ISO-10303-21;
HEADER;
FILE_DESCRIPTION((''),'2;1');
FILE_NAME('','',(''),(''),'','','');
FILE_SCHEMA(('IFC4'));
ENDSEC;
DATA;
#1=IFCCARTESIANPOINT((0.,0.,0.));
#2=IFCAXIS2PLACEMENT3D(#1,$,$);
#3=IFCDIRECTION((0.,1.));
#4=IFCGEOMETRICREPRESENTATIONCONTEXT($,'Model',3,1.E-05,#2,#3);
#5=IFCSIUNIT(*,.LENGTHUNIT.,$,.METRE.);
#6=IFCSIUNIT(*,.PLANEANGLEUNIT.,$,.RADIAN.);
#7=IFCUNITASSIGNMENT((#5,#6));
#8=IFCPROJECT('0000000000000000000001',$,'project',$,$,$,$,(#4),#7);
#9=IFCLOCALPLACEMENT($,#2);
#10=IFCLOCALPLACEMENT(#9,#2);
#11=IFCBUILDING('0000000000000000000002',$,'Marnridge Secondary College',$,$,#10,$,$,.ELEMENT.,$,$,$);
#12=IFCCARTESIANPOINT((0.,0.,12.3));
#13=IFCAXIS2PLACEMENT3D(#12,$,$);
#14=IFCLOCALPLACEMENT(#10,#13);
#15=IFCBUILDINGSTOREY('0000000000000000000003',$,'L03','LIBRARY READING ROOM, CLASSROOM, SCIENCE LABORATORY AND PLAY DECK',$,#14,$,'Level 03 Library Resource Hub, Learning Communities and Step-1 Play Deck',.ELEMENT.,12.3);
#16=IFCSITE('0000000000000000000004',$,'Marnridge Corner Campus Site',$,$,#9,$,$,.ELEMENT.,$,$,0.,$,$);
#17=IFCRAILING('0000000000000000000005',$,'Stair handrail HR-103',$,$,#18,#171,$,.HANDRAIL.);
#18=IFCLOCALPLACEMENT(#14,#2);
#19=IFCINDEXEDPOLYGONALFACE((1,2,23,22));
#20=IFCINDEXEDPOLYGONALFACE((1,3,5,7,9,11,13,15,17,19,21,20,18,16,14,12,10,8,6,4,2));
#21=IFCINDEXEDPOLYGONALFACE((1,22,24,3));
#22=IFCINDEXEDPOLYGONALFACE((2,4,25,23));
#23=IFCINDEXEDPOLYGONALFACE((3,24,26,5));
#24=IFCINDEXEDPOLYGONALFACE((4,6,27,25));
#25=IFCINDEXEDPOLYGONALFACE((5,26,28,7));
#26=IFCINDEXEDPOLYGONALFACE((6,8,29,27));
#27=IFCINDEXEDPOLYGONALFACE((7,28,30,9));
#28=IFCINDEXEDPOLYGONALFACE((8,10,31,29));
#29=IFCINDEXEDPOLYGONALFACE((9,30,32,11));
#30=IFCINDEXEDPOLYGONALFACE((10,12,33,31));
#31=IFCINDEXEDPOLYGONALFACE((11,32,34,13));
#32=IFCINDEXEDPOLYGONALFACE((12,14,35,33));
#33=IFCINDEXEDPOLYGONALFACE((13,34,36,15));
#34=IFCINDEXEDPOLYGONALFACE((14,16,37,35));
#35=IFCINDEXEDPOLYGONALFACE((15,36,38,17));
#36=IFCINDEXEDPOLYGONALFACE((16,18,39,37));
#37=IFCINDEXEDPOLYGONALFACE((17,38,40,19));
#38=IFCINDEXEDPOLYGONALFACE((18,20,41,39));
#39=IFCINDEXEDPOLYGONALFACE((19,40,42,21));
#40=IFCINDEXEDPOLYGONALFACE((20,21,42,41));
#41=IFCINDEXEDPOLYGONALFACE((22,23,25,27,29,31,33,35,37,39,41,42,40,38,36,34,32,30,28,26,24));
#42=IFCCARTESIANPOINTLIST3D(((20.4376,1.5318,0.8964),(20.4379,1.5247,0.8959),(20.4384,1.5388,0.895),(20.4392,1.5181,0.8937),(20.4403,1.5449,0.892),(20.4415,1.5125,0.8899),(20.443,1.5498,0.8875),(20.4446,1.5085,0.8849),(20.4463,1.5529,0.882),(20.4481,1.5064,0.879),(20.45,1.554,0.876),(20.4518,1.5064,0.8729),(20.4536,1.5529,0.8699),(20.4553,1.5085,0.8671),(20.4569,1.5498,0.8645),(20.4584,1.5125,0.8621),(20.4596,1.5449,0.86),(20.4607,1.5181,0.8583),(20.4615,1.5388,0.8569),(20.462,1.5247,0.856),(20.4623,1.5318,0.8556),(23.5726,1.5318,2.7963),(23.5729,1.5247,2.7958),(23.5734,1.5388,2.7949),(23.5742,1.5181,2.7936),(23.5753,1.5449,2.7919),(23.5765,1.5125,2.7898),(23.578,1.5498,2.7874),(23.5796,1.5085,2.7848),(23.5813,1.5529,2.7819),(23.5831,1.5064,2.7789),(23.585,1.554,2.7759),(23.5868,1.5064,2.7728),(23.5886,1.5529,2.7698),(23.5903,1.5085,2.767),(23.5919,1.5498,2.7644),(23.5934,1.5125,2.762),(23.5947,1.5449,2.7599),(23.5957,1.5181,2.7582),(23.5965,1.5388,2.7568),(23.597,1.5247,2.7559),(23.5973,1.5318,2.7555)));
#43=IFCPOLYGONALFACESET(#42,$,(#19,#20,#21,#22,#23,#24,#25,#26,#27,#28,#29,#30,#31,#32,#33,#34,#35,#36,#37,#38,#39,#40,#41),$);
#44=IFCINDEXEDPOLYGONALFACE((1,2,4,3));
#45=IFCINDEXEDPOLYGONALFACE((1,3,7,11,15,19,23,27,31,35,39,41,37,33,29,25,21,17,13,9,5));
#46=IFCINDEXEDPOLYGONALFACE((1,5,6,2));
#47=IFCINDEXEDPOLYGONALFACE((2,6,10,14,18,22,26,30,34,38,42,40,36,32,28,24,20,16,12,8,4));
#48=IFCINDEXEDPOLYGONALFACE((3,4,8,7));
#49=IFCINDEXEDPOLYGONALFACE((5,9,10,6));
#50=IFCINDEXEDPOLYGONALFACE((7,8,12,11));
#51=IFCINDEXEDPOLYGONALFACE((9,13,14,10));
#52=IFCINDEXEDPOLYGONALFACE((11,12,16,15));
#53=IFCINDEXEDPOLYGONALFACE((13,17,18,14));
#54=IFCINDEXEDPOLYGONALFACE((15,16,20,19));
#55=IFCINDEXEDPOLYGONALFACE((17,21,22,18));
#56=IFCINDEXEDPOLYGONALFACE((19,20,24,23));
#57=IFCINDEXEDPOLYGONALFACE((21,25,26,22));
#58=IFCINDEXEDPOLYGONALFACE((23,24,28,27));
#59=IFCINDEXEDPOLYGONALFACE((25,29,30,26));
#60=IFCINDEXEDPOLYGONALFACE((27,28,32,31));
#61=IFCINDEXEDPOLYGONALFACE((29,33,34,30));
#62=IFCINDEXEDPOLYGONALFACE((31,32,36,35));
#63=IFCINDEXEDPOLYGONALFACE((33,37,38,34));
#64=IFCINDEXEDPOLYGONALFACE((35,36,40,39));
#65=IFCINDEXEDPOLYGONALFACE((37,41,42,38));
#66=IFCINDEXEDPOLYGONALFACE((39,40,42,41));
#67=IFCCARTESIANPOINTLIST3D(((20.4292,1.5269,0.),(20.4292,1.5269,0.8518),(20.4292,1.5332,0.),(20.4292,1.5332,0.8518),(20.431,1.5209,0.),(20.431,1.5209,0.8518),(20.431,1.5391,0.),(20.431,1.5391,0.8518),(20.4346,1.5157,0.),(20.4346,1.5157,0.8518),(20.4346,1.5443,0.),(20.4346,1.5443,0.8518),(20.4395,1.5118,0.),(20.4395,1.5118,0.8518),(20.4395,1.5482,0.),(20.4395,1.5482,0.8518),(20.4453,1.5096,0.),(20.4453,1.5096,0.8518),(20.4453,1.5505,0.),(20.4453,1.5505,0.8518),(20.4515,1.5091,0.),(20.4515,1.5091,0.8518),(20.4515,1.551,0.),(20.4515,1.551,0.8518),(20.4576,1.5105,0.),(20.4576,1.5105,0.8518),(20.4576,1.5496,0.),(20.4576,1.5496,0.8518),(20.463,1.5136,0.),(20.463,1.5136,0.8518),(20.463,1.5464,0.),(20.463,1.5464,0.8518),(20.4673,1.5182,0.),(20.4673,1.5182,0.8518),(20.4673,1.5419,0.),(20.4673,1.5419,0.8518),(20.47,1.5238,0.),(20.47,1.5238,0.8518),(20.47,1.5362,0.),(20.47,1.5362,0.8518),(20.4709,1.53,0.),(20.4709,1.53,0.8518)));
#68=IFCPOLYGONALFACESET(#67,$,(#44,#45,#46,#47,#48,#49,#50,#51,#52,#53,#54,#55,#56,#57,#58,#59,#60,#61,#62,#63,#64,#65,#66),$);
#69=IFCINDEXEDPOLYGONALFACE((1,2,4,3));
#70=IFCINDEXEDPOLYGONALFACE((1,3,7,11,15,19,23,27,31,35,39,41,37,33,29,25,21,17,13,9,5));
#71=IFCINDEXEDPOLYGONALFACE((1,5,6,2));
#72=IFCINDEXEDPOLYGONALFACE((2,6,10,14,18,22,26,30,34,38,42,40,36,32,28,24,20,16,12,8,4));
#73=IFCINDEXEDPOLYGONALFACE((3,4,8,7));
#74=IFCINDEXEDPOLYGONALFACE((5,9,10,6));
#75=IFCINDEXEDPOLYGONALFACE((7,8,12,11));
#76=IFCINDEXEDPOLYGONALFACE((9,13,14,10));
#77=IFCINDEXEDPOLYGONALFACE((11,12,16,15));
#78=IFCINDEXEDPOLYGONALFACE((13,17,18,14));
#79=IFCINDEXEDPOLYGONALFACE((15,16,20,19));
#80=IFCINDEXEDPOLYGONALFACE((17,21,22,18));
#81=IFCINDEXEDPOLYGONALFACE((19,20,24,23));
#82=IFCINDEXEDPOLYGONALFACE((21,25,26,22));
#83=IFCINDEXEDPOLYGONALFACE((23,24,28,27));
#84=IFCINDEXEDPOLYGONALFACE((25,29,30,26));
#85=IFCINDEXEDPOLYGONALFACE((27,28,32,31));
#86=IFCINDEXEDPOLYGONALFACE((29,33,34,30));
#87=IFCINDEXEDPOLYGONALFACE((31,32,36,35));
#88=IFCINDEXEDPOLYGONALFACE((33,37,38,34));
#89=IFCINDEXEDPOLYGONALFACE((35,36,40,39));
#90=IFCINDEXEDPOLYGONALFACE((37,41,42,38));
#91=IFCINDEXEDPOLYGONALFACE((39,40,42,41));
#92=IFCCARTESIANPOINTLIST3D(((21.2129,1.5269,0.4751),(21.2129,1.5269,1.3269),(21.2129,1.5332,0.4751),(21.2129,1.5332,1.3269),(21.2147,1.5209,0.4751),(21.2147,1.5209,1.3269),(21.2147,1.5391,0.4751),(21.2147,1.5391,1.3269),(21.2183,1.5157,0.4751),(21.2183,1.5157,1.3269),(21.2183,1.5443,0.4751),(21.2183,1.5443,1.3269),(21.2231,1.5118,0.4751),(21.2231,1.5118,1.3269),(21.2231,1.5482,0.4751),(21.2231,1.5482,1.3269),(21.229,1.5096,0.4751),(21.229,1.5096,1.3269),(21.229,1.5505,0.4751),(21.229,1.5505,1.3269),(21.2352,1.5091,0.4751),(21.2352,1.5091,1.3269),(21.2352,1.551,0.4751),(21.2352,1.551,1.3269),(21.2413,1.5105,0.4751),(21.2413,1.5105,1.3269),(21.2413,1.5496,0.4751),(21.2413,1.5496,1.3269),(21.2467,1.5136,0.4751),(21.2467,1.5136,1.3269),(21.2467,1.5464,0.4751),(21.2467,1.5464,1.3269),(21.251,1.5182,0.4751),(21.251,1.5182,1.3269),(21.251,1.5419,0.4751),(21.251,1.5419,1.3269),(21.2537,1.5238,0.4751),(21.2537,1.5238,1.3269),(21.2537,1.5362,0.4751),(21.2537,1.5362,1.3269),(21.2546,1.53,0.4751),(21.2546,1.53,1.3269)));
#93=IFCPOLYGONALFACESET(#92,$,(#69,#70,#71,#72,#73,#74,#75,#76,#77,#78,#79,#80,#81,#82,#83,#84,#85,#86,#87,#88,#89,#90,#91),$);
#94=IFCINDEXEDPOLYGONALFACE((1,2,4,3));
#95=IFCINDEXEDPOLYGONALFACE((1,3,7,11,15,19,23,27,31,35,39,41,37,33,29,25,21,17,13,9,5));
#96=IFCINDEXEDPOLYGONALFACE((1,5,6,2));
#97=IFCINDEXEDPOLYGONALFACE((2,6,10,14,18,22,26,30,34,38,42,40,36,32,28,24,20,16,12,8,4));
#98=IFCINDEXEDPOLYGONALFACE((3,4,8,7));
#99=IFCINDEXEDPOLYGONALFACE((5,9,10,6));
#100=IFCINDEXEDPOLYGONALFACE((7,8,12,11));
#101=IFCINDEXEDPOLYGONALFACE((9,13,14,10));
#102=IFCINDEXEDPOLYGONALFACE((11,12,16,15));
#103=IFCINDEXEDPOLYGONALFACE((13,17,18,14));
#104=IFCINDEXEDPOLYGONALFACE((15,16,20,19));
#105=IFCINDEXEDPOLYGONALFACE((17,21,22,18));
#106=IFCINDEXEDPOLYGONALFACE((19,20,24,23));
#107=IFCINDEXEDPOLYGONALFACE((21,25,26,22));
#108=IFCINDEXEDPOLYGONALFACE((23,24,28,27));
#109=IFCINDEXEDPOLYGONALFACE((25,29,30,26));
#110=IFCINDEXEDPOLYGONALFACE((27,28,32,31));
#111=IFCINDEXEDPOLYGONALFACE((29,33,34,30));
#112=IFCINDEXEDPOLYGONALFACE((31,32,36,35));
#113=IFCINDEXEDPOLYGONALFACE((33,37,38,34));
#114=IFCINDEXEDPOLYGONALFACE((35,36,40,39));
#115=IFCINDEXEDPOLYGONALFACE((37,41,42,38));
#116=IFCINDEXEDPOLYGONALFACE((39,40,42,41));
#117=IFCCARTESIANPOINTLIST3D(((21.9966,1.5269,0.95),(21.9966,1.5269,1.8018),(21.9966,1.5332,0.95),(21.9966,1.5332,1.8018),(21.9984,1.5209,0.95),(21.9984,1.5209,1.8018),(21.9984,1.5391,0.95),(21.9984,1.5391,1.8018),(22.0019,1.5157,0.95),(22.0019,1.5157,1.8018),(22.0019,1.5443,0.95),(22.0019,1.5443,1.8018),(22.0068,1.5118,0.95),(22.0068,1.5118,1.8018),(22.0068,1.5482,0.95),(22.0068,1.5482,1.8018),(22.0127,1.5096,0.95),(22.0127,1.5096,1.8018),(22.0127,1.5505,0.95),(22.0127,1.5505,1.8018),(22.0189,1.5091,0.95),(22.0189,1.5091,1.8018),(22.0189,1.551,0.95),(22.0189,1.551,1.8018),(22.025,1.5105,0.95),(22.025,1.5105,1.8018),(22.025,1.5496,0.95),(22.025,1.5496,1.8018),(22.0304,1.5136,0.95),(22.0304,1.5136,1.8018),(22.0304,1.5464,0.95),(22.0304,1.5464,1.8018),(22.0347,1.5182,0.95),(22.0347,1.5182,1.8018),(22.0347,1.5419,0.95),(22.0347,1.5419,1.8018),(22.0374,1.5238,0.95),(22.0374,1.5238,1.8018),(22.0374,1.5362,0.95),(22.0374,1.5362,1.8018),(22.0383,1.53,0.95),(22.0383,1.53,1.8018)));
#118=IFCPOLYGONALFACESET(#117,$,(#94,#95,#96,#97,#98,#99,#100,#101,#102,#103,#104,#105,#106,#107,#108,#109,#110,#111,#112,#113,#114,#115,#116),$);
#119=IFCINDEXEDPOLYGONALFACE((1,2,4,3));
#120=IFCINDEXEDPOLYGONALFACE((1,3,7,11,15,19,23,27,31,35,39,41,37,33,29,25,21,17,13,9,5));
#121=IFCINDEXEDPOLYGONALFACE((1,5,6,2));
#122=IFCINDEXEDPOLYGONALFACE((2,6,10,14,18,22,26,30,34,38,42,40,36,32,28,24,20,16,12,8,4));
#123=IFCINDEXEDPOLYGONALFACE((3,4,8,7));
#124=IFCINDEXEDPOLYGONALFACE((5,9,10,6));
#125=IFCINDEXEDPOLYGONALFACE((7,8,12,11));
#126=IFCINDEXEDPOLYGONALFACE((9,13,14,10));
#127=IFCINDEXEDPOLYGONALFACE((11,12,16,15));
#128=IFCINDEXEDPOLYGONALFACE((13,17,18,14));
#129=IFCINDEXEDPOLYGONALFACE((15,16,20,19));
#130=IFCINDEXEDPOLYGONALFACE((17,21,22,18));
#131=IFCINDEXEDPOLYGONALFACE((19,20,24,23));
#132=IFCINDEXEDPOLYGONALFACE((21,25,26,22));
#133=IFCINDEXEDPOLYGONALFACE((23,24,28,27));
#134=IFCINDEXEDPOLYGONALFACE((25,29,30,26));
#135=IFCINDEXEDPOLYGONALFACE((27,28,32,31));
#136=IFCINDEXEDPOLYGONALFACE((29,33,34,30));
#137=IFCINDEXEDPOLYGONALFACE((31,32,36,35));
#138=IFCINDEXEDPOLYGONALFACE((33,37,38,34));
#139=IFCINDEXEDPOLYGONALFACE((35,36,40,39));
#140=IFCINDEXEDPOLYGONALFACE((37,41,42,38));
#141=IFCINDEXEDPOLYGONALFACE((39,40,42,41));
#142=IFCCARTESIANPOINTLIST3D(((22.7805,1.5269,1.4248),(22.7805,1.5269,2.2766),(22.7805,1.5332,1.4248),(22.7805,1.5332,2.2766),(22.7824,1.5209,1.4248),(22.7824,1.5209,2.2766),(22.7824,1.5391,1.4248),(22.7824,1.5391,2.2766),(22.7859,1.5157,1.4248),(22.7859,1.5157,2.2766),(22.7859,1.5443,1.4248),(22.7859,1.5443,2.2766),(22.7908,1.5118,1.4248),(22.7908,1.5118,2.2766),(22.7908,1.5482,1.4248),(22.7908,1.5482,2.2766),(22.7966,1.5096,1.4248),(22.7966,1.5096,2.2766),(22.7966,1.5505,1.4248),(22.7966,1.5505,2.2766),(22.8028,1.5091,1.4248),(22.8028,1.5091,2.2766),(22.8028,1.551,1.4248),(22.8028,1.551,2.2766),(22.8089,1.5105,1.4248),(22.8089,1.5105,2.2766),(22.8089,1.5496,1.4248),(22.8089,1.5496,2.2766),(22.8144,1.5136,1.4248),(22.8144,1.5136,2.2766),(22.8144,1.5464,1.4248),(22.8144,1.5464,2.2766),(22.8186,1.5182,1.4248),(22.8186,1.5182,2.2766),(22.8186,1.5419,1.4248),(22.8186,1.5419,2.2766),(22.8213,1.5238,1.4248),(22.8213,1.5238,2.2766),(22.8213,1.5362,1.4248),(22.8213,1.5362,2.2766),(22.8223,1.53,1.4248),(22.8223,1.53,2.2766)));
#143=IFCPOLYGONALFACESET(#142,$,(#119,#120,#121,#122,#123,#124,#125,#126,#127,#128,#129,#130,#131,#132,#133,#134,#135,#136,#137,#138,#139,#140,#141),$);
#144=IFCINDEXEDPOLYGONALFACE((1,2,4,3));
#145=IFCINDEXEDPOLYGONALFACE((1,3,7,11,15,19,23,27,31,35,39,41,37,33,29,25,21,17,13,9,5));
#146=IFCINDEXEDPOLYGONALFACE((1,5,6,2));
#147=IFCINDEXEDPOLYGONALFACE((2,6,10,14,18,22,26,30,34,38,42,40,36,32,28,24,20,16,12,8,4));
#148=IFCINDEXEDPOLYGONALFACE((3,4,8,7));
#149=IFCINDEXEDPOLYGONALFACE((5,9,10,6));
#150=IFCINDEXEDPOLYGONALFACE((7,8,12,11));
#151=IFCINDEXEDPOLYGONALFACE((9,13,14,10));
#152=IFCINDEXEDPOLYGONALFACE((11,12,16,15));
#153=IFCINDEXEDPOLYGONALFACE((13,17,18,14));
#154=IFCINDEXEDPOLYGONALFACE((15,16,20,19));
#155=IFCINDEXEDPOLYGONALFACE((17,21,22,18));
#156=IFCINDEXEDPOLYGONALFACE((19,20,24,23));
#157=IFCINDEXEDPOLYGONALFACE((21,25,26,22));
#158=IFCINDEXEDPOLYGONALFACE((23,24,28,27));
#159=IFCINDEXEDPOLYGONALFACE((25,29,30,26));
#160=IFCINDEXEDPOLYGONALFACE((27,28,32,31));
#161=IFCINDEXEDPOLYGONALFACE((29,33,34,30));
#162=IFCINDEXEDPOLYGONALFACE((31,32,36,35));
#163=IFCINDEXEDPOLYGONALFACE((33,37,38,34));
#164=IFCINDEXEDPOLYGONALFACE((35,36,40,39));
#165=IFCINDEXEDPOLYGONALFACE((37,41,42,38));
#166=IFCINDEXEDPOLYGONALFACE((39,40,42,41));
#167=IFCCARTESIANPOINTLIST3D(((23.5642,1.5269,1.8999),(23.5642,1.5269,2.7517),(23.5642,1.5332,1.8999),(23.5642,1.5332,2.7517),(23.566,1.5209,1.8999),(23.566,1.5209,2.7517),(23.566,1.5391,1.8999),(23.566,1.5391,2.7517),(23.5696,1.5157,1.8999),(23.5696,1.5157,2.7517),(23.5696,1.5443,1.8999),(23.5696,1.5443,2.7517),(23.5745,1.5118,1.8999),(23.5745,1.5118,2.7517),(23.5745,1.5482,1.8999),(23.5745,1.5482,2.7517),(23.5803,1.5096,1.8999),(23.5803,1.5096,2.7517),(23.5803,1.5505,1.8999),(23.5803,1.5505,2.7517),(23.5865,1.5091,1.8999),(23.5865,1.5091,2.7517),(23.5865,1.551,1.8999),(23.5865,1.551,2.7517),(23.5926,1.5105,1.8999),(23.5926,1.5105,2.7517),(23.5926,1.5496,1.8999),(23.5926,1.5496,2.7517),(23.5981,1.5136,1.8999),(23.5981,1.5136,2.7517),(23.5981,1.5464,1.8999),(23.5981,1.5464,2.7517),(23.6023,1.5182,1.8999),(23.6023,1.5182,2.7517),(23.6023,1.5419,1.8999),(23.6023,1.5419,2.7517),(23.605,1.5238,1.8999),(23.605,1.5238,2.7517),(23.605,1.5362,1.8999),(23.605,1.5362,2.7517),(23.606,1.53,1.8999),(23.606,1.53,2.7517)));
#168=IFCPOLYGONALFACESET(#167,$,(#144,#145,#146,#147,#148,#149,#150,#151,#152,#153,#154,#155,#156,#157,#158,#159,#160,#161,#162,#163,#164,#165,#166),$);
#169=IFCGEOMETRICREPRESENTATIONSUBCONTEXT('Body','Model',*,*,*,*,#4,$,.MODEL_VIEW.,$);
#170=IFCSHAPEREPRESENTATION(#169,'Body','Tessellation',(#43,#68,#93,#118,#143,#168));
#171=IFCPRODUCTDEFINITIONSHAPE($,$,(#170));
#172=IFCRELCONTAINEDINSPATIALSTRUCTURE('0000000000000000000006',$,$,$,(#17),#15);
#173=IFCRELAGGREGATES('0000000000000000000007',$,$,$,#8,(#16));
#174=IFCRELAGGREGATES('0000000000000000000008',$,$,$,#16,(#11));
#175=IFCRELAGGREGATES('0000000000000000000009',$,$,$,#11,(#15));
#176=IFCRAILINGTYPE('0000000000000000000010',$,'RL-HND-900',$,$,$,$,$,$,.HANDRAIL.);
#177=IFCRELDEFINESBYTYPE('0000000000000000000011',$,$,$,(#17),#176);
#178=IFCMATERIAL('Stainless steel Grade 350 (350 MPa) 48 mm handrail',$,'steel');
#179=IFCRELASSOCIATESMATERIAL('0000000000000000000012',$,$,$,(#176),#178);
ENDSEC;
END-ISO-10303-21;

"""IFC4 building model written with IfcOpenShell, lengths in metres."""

from ifc_helpers import new_model, si_unit, direction, frame, origin, origin_2d, place, context, subcontext, project, spatial, circle, extrude, material, type_object, element, save


model = new_model("IFC4")

# Units and contexts
model_context = context("Model", 3, precision=1e-05, world=origin(), true_north=direction((0.0, 1.0)))
body_context = subcontext(model_context, "Body", "Model", "MODEL_VIEW")
ifc_project = project(units=[si_unit("LENGTHUNIT", "METRE"), si_unit("PLANEANGLEUNIT", "RADIAN")], contexts=[model_context])

# Site, building, storey
site_placement = place(None, origin())
site = spatial("IfcSite", under=ifc_project, at=site_placement, Name="Marnridge Corner Campus Site", CompositionType="ELEMENT", RefElevation=0.0)
building_placement = place(site_placement, origin())
building = spatial("IfcBuilding", under=site, at=building_placement, Name="Marnridge Secondary College", CompositionType="ELEMENT")
storey_placement = place(building_placement, frame((0.0, 0.0, 12.3)))
storey = spatial("IfcBuildingStorey", under=building, at=storey_placement, Name="L03", Description="LIBRARY READING ROOM, CLASSROOM, SCIENCE LABORATORY AND PLAY DECK", LongName="Level 03 Library Resource Hub, Learning Communities and Step-1 Play Deck", CompositionType="ELEMENT", Elevation=12.3)

# Railing
ifc_material_1 = material(Name="Stainless steel Grade 350 (350 MPa) 48 mm handrail", Category="steel")
railing_type_1 = type_object("IfcRailingType", Name="RL-HND-900", PredefinedType="HANDRAIL", material=ifc_material_1)
for number, where, name in (
    (1, (20.45, 1.53, 0.0), "Stair handrail HR-103"),
):
    element("IfcRailing", number, at=place(storey_placement, frame(where)), inside=storey, type_object=railing_type_1, Name=name, PredefinedType="HANDRAIL", context=body_context, shape_type="SweptSolid", body=[
        extrude(circle(Radius=0.0239, at=origin_2d()), frame((0.0, 0.0, 0.876), z_axis=(0.85521, 0.0, 0.518281), x_axis=(0.0, 1.0, 0.0)), (0.0, 0.0, 1.0), 3.6658),
        extrude(circle(Radius=0.021, at=origin_2d()), origin(), (0.0, 0.0, 1.0), 0.8518),
        extrude(circle(Radius=0.021, at=origin_2d()), frame((0.7837, 0.0, 0.4751)), (0.0, 0.0, 1.0), 0.8518),
        extrude(circle(Radius=0.021, at=origin_2d()), frame((1.5674, 0.0, 0.95)), (0.0, 0.0, 1.0), 0.8518),
        extrude(circle(Radius=0.021, at=origin_2d()), frame((2.3513, 0.0, 1.4248)), (0.0, 0.0, 1.0), 0.8518),
        extrude(circle(Radius=0.021, at=origin_2d()), frame((3.135, 0.0, 1.8999)), (0.0, 0.0, 1.0), 0.8518),
    ])

save(model, "model.ifc")
